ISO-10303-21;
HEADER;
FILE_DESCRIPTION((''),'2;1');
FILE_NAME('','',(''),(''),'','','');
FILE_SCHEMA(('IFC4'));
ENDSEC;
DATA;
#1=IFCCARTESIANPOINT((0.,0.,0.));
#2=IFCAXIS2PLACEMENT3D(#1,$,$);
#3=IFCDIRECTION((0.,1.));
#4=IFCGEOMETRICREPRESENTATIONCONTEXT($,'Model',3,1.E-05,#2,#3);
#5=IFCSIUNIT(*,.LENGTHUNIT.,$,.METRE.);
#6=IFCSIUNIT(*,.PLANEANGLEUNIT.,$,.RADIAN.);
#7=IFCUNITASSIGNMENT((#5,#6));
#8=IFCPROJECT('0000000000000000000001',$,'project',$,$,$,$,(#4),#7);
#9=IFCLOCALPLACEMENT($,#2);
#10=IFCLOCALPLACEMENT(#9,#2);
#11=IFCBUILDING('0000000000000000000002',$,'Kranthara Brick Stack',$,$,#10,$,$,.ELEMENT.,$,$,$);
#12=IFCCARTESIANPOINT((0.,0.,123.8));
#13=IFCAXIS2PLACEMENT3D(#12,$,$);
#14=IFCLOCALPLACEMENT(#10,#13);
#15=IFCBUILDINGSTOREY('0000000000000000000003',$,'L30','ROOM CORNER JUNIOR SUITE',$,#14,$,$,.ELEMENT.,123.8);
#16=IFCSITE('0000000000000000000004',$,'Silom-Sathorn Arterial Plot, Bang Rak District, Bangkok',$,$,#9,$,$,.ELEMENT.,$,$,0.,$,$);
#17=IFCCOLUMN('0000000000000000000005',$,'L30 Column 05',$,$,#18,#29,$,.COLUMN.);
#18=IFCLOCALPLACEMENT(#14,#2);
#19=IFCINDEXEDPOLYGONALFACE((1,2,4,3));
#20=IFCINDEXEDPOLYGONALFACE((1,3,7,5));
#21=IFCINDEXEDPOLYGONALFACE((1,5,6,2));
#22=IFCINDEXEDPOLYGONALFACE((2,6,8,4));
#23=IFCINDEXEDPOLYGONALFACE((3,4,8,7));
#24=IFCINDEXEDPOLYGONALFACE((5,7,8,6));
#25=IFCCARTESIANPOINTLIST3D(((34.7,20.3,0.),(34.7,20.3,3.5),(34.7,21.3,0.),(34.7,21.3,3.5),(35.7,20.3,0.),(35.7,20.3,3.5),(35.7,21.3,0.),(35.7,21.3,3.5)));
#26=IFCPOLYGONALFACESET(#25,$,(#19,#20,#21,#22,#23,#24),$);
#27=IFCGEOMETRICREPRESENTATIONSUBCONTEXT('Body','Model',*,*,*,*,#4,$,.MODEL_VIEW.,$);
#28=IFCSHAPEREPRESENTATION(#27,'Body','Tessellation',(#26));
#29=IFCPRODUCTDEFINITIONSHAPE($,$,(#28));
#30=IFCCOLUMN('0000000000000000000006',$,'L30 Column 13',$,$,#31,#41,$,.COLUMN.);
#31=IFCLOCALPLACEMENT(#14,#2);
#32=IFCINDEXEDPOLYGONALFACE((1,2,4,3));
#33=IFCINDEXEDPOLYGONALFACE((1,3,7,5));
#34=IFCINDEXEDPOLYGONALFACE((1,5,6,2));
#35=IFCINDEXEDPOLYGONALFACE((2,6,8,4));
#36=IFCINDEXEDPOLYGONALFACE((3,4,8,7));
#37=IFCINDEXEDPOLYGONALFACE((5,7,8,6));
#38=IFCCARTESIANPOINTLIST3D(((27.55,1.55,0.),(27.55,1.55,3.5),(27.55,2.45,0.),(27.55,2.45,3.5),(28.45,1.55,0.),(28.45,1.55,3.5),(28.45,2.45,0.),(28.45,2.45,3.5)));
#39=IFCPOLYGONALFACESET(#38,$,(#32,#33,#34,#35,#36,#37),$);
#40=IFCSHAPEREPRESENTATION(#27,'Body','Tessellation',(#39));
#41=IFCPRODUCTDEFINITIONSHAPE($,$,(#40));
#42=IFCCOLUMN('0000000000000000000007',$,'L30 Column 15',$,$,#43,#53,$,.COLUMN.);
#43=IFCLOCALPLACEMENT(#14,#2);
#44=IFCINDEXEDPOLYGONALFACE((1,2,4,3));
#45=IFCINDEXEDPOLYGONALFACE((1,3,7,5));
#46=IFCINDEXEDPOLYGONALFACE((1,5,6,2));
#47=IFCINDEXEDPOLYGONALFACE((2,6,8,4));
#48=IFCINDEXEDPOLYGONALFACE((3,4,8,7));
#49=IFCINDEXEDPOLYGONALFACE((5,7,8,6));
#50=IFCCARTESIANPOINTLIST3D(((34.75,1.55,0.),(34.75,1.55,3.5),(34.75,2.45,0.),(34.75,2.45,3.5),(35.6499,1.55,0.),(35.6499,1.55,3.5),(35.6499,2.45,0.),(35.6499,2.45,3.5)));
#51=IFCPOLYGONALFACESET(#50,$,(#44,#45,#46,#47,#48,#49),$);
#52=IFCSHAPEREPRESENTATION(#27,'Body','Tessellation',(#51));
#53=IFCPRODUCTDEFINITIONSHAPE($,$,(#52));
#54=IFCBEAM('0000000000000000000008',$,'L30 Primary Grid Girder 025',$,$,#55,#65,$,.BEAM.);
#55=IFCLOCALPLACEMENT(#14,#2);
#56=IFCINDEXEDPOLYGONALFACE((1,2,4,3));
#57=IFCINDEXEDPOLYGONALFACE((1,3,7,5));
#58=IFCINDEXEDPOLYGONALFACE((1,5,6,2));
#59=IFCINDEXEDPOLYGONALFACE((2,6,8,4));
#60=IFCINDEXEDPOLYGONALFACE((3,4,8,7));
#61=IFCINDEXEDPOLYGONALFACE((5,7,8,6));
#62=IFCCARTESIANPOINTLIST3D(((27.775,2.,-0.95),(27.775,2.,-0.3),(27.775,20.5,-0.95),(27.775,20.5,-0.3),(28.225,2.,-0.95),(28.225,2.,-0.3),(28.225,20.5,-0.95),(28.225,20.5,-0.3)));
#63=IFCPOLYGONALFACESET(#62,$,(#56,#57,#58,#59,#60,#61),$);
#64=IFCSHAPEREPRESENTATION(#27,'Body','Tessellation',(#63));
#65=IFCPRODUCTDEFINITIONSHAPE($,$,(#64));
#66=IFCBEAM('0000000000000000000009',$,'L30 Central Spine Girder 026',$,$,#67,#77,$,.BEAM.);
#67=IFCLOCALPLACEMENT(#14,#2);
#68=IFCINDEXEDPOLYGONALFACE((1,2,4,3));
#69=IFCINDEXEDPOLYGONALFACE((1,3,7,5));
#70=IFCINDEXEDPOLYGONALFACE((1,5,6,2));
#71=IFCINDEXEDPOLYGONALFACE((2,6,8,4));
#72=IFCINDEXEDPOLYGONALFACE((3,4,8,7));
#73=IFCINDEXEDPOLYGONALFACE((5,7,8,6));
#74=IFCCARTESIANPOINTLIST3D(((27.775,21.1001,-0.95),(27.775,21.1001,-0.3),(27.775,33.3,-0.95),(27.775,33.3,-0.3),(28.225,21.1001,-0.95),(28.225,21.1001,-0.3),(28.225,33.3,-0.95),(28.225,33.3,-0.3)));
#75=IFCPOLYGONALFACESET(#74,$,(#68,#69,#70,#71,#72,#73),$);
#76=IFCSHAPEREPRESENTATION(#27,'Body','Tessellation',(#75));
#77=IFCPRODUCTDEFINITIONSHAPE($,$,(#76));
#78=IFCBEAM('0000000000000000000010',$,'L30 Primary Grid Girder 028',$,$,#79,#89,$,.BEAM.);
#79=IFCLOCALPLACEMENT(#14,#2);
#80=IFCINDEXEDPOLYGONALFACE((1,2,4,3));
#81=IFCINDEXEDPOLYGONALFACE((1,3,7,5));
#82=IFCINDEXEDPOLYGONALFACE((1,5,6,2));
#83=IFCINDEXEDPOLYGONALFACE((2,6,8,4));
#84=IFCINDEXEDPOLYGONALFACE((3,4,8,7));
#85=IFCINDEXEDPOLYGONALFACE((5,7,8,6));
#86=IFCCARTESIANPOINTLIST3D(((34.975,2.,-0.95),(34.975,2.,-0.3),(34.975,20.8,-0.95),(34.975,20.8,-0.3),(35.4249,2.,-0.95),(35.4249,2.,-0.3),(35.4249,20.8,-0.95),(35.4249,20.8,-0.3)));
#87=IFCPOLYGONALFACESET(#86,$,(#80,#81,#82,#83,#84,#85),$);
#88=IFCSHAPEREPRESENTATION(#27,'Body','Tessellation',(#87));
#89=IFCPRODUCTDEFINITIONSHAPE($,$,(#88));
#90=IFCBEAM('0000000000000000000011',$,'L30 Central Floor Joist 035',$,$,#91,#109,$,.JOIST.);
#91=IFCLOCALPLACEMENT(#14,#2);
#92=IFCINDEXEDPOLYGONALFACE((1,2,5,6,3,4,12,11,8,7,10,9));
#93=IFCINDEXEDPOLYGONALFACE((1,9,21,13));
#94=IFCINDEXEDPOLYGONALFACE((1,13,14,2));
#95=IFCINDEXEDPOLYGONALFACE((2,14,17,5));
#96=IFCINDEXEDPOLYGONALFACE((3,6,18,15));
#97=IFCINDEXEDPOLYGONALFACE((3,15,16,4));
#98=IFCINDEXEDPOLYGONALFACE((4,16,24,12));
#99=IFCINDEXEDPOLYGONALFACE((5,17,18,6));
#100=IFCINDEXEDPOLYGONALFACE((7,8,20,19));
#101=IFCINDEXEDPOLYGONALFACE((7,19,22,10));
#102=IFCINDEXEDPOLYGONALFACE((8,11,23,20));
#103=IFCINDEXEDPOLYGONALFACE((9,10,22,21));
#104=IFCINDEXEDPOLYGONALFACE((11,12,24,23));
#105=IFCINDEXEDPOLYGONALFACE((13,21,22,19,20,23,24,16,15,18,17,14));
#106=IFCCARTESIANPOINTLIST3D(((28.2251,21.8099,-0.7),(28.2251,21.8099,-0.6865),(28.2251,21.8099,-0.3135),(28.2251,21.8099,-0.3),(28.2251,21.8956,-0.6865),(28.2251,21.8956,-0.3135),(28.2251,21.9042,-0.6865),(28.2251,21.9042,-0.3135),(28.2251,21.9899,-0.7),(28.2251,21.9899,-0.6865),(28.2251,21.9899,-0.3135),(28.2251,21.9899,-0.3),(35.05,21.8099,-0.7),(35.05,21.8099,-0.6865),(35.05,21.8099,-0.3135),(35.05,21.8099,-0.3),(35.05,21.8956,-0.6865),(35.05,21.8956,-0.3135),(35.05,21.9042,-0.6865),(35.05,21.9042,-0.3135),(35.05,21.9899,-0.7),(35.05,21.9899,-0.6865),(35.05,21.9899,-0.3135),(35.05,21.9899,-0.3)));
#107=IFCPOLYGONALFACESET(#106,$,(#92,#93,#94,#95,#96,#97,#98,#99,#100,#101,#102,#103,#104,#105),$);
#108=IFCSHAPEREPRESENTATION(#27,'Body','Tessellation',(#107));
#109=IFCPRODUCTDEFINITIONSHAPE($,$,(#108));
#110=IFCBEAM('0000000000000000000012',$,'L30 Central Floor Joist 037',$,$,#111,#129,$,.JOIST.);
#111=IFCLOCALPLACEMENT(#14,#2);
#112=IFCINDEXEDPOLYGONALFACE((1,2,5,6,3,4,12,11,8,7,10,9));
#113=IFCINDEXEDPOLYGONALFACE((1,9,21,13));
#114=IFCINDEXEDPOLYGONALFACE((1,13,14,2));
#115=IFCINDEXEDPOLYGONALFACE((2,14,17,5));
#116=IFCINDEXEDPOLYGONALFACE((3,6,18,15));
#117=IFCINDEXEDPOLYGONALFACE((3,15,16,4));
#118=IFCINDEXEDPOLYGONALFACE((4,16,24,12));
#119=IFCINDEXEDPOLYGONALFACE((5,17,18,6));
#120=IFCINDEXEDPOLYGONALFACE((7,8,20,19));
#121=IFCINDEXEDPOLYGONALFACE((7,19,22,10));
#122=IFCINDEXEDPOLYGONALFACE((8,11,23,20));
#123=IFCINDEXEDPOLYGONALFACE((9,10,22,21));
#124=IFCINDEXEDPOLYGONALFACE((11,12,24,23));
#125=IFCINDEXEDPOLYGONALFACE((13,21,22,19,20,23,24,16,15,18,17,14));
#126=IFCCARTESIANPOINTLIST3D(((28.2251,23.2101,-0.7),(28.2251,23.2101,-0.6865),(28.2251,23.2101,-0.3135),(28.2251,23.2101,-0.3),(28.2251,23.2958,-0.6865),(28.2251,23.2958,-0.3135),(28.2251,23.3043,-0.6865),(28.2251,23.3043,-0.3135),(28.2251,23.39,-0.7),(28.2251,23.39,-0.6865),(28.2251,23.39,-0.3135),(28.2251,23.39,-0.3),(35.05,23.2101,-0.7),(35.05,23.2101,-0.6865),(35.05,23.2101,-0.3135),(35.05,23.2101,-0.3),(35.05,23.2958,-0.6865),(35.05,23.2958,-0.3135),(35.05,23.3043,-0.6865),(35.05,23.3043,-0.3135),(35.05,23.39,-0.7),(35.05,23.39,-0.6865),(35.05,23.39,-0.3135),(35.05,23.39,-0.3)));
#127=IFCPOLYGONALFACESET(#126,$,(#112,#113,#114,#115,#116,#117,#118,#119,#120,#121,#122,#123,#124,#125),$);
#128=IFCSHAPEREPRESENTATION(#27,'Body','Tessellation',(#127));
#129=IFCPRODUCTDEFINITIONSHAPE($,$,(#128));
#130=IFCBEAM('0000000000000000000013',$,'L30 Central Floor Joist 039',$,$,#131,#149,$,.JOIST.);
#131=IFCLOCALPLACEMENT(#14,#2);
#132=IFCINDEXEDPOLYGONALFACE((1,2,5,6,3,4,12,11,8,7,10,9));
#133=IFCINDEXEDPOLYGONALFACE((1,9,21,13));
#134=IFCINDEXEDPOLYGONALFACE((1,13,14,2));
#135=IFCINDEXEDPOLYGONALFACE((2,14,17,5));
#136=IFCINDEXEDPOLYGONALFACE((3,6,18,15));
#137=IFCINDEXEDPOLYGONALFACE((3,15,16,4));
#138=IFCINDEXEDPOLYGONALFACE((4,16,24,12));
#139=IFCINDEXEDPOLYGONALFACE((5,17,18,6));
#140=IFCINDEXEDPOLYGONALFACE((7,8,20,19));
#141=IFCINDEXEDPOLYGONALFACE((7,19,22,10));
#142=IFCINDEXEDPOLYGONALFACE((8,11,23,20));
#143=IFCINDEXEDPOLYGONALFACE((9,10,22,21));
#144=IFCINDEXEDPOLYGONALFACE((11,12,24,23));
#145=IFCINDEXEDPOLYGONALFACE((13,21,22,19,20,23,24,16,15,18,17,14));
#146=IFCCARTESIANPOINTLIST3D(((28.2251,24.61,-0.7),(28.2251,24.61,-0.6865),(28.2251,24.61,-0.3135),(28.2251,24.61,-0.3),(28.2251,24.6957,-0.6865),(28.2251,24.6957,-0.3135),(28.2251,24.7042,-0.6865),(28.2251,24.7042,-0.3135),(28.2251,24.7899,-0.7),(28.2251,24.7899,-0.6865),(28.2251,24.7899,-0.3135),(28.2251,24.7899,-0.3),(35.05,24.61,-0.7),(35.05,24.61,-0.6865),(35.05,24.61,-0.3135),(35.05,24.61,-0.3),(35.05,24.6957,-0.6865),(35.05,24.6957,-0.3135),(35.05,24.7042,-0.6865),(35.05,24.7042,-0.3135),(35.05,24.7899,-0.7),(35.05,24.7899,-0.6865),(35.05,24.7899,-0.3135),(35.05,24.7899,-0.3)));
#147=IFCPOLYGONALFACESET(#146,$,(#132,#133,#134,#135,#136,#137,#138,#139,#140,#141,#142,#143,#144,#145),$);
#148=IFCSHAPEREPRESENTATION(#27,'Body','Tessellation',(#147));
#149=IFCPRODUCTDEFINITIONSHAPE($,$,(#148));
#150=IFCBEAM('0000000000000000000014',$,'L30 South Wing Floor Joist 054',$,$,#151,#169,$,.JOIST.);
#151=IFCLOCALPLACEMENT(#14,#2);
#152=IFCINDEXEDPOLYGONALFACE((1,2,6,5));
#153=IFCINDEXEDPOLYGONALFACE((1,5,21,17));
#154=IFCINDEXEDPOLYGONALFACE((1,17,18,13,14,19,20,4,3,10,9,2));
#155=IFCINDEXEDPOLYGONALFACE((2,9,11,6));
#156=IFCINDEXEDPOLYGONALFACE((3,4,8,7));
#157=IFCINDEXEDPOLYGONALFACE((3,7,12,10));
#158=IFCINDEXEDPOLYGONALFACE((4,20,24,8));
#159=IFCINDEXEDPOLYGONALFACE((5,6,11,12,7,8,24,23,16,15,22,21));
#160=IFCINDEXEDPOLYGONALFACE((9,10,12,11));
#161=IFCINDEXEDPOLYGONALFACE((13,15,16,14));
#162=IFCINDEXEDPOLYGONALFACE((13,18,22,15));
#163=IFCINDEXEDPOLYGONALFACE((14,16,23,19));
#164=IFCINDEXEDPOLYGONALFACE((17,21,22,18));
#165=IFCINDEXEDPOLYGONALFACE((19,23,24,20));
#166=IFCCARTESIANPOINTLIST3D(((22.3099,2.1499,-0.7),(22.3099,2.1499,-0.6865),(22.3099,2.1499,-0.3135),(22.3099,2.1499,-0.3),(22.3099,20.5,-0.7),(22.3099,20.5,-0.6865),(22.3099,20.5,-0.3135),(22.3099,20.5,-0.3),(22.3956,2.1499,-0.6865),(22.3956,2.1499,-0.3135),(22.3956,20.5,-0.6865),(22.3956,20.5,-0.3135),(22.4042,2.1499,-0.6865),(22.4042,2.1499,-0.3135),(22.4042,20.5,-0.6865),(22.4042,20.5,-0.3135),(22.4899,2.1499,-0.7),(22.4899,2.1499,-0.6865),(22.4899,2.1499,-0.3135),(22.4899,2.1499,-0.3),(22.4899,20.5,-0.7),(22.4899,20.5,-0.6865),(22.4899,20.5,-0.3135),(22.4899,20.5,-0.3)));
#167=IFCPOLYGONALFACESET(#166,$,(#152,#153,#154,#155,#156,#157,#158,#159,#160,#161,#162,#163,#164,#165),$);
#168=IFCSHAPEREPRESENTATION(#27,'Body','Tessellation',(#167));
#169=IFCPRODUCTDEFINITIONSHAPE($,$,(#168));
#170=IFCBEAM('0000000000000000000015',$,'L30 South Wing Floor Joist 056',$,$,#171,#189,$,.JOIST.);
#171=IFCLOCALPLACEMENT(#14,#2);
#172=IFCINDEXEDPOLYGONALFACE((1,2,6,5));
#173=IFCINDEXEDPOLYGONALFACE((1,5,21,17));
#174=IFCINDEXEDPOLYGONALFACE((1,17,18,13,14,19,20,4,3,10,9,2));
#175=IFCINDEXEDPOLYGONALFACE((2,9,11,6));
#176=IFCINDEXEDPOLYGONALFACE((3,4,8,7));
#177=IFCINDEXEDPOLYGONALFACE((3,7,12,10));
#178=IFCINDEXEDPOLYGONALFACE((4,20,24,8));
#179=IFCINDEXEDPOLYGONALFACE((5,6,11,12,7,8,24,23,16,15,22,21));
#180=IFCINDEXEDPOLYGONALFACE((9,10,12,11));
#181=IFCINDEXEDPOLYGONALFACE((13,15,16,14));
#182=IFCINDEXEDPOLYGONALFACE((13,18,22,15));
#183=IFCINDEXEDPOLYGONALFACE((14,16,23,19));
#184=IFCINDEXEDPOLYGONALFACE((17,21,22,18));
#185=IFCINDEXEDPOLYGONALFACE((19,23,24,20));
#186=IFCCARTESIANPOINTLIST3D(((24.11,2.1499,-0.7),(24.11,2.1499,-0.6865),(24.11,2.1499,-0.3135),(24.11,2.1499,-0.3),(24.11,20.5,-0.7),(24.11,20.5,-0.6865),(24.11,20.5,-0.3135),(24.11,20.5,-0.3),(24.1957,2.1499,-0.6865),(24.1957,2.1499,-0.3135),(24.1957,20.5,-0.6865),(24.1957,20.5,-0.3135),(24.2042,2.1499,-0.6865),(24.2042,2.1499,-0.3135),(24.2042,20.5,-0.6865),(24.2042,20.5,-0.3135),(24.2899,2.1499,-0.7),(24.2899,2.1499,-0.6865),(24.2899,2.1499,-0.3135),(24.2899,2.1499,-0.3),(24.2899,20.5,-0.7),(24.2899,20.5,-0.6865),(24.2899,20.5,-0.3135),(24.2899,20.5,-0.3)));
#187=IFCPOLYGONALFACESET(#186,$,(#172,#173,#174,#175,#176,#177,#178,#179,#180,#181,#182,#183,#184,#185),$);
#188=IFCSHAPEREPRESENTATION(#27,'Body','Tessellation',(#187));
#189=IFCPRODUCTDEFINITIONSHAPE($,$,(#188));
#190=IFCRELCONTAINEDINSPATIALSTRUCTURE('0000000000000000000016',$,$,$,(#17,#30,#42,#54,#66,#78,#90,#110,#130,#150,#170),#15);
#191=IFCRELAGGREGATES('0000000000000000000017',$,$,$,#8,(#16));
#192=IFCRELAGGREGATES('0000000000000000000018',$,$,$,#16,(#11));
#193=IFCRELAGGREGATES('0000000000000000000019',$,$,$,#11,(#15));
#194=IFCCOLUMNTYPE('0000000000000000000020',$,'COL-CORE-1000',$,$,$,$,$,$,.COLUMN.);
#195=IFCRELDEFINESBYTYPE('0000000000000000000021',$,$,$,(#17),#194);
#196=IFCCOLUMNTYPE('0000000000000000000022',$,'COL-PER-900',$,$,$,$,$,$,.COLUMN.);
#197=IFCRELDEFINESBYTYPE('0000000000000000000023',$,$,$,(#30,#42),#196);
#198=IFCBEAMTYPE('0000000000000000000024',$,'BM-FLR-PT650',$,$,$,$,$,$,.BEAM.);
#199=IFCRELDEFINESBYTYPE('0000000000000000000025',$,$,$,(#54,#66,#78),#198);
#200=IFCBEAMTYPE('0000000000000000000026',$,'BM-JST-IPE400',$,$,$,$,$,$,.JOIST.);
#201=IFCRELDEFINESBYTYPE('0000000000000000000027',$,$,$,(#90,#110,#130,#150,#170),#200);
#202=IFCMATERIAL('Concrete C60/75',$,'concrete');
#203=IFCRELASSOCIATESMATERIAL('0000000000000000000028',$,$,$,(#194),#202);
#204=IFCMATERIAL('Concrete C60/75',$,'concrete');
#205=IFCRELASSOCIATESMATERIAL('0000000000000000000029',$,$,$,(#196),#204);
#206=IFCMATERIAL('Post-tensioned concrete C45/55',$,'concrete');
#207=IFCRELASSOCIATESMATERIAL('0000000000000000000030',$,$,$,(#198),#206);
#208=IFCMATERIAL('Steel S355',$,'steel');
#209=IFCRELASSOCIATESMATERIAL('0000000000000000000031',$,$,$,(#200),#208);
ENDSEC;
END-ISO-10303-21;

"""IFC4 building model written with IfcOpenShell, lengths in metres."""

from ifc_helpers import new_model, si_unit, direction, frame, origin, origin_2d, place, context, subcontext, project, spatial, rectangle, i_section, extrude, material, material_profile, profile_set, type_object, element, save


model = new_model("IFC4")

# Units and contexts
model_context = context("Model", 3, precision=1e-05, world=origin(), true_north=direction((0.0, 1.0)))
body_context = subcontext(model_context, "Body", "Model", "MODEL_VIEW")
ifc_project = project(units=[si_unit("LENGTHUNIT", "METRE"), si_unit("PLANEANGLEUNIT", "RADIAN")], contexts=[model_context])

# Site, building, storey
site_placement = place(None, origin())
site = spatial("IfcSite", under=ifc_project, at=site_placement, Name="Silom-Sathorn Arterial Plot, Bang Rak District, Bangkok", CompositionType="ELEMENT", RefElevation=0.0)
building_placement = place(site_placement, origin())
building = spatial("IfcBuilding", under=site, at=building_placement, Name="Kranthara Brick Stack", CompositionType="ELEMENT")
storey_placement = place(building_placement, frame((0.0, 0.0, 123.8)))
storey = spatial("IfcBuildingStorey", under=building, at=storey_placement, Name="L30", Description="ROOM CORNER JUNIOR SUITE", CompositionType="ELEMENT", Elevation=123.8)

# Columns
ifc_material_1 = material(Name="Concrete C60/75", Category="concrete")
ifc_material_profile_1 = material_profile(ifc_material_1, rectangle(XDim=1.0, YDim=1.0, at=origin_2d()), Name="RC 1000x1000")
ifc_profile_set_1 = profile_set([ifc_material_profile_1], Name="Concrete C60/75")
column_type_1 = type_object("IfcColumnType", Name="COL-CORE-1000", PredefinedType="COLUMN", material=ifc_profile_set_1)
column_placement = place(storey_placement, frame((35.2, 20.8, 0.0), z_axis=(0.0, 0.0, 1.0), x_axis=(1.0, 0.0, 0.0)))
element("IfcColumn", 1, at=column_placement, inside=storey, type_object=column_type_1, Name="L30 Column 05", PredefinedType="COLUMN", context=body_context, shape_type="SweptSolid", body=[
    extrude(rectangle(XDim=1.0, YDim=1.0, at=origin_2d()), origin(), (0.0, 0.0, 1.0), 3.5),
])
ifc_material_2 = material(Name="Concrete C60/75", Category="concrete")
ifc_material_profile_2 = material_profile(ifc_material_2, rectangle(XDim=0.8999, YDim=0.8999, at=origin_2d()), Name="RC 900x900")
ifc_profile_set_2 = profile_set([ifc_material_profile_2], Name="Concrete C60/75")
column_type_2 = type_object("IfcColumnType", Name="COL-PER-900", PredefinedType="COLUMN", material=ifc_profile_set_2)
for number, where, z_axis, x_axis, name in (
    (2, (28.0, 2.0, 0.0), (0.0, 0.0, 1.0), (1.0, 0.0, 0.0), "L30 Column 13"),
    (3, (35.2, 2.0, 0.0), (0.0, 0.0, 1.0), (1.0, 0.0, 0.0), "L30 Column 15"),
):
    element("IfcColumn", number, at=place(storey_placement, frame(where, z_axis=z_axis, x_axis=x_axis)), inside=storey, type_object=column_type_2, Name=name, PredefinedType="COLUMN", context=body_context, shape_type="SweptSolid", body=[
        extrude(rectangle(XDim=0.8999, YDim=0.8999, at=origin_2d()), origin(), (0.0, 0.0, 1.0), 3.5),
    ])

# Beams
ifc_material_3 = material(Name="Post-tensioned concrete C45/55", Category="concrete")
ifc_material_profile_3 = material_profile(ifc_material_3, rectangle(XDim=0.45, YDim=0.6499, at=origin_2d()), Name="PT 450x650")
ifc_profile_set_3 = profile_set([ifc_material_profile_3], Name="Post-tensioned concrete C45/55")
beam_type_1 = type_object("IfcBeamType", Name="BM-FLR-PT650", PredefinedType="BEAM", material=ifc_profile_set_3)
beam_1_placement = place(storey_placement, frame((28.0, 2.0, -0.625), z_axis=(0.0, 1.0, 0.0), x_axis=(-1.0, 0.0, 0.0)))
element("IfcBeam", 4, at=beam_1_placement, inside=storey, type_object=beam_type_1, Name="L30 Primary Grid Girder 025", PredefinedType="BEAM", context=body_context, shape_type="SweptSolid", body=[
    extrude(rectangle(XDim=0.45, YDim=0.6499, at=origin_2d()), origin(), (0.0, 0.0, 1.0), 18.5),
])
beam_2_placement = place(storey_placement, frame((28.0, 21.1001, -0.625), z_axis=(0.0, 1.0, 0.0), x_axis=(-1.0, 0.0, 0.0)))
element("IfcBeam", 5, at=beam_2_placement, inside=storey, type_object=beam_type_1, Name="L30 Central Spine Girder 026", PredefinedType="BEAM", context=body_context, shape_type="SweptSolid", body=[
    extrude(rectangle(XDim=0.45, YDim=0.6499, at=origin_2d()), origin(), (0.0, 0.0, 1.0), 12.2),
])
beam_3_placement = place(storey_placement, frame((35.2, 2.0, -0.625), z_axis=(0.0, 1.0, 0.0), x_axis=(-1.0, 0.0, 0.0)))
element("IfcBeam", 6, at=beam_3_placement, inside=storey, type_object=beam_type_1, Name="L30 Primary Grid Girder 028", PredefinedType="BEAM", context=body_context, shape_type="SweptSolid", body=[
    extrude(rectangle(XDim=0.45, YDim=0.6499, at=origin_2d()), origin(), (0.0, 0.0, 1.0), 18.8),
])
ifc_material_4 = material(Name="Steel S355", Category="steel")
ifc_material_profile_4 = material_profile(ifc_material_4, i_section(OverallWidth=0.1799, OverallDepth=0.3999, WebThickness=0.0085, FlangeThickness=0.0134, at=origin_2d()), Name="IPE 400")
ifc_profile_set_4 = profile_set([ifc_material_profile_4], Name="Steel S355")
beam_type_2 = type_object("IfcBeamType", Name="BM-JST-IPE400", PredefinedType="JOIST", material=ifc_profile_set_4)
for number, where, z_axis, x_axis, name in (
    (7, (28.2251, 21.8999, -0.5), (1.0, 0.0, 0.0), (0.0, 1.0, 0.0), "L30 Central Floor Joist 035"),
    (8, (28.2251, 23.3, -0.5), (1.0, 0.0, 0.0), (0.0, 1.0, 0.0), "L30 Central Floor Joist 037"),
    (9, (28.2251, 24.7, -0.5), (1.0, 0.0, 0.0), (0.0, 1.0, 0.0), "L30 Central Floor Joist 039"),
):
    element("IfcBeam", number, at=place(storey_placement, frame(where, z_axis=z_axis, x_axis=x_axis)), inside=storey, type_object=beam_type_2, Name=name, PredefinedType="JOIST", context=body_context, shape_type="SweptSolid", body=[
        extrude(i_section(OverallWidth=0.1799, OverallDepth=0.3999, WebThickness=0.0085, FlangeThickness=0.0134, at=origin_2d()), origin(), (0.0, 0.0, 1.0), 6.825),
    ])
for number, where, z_axis, x_axis, name in (
    (10, (22.3999, 2.1499, -0.5), (0.0, 1.0, 0.0), (-1.0, 0.0, 0.0), "L30 South Wing Floor Joist 054"),
    (11, (24.2, 2.1499, -0.5), (0.0, 1.0, 0.0), (-1.0, 0.0, 0.0), "L30 South Wing Floor Joist 056"),
):
    element("IfcBeam", number, at=place(storey_placement, frame(where, z_axis=z_axis, x_axis=x_axis)), inside=storey, type_object=beam_type_2, Name=name, PredefinedType="JOIST", context=body_context, shape_type="SweptSolid", body=[
        extrude(i_section(OverallWidth=0.1799, OverallDepth=0.3999, WebThickness=0.0085, FlangeThickness=0.0134, at=origin_2d()), origin(), (0.0, 0.0, 1.0), 18.3501),
    ])

save(model, "model.ifc")
